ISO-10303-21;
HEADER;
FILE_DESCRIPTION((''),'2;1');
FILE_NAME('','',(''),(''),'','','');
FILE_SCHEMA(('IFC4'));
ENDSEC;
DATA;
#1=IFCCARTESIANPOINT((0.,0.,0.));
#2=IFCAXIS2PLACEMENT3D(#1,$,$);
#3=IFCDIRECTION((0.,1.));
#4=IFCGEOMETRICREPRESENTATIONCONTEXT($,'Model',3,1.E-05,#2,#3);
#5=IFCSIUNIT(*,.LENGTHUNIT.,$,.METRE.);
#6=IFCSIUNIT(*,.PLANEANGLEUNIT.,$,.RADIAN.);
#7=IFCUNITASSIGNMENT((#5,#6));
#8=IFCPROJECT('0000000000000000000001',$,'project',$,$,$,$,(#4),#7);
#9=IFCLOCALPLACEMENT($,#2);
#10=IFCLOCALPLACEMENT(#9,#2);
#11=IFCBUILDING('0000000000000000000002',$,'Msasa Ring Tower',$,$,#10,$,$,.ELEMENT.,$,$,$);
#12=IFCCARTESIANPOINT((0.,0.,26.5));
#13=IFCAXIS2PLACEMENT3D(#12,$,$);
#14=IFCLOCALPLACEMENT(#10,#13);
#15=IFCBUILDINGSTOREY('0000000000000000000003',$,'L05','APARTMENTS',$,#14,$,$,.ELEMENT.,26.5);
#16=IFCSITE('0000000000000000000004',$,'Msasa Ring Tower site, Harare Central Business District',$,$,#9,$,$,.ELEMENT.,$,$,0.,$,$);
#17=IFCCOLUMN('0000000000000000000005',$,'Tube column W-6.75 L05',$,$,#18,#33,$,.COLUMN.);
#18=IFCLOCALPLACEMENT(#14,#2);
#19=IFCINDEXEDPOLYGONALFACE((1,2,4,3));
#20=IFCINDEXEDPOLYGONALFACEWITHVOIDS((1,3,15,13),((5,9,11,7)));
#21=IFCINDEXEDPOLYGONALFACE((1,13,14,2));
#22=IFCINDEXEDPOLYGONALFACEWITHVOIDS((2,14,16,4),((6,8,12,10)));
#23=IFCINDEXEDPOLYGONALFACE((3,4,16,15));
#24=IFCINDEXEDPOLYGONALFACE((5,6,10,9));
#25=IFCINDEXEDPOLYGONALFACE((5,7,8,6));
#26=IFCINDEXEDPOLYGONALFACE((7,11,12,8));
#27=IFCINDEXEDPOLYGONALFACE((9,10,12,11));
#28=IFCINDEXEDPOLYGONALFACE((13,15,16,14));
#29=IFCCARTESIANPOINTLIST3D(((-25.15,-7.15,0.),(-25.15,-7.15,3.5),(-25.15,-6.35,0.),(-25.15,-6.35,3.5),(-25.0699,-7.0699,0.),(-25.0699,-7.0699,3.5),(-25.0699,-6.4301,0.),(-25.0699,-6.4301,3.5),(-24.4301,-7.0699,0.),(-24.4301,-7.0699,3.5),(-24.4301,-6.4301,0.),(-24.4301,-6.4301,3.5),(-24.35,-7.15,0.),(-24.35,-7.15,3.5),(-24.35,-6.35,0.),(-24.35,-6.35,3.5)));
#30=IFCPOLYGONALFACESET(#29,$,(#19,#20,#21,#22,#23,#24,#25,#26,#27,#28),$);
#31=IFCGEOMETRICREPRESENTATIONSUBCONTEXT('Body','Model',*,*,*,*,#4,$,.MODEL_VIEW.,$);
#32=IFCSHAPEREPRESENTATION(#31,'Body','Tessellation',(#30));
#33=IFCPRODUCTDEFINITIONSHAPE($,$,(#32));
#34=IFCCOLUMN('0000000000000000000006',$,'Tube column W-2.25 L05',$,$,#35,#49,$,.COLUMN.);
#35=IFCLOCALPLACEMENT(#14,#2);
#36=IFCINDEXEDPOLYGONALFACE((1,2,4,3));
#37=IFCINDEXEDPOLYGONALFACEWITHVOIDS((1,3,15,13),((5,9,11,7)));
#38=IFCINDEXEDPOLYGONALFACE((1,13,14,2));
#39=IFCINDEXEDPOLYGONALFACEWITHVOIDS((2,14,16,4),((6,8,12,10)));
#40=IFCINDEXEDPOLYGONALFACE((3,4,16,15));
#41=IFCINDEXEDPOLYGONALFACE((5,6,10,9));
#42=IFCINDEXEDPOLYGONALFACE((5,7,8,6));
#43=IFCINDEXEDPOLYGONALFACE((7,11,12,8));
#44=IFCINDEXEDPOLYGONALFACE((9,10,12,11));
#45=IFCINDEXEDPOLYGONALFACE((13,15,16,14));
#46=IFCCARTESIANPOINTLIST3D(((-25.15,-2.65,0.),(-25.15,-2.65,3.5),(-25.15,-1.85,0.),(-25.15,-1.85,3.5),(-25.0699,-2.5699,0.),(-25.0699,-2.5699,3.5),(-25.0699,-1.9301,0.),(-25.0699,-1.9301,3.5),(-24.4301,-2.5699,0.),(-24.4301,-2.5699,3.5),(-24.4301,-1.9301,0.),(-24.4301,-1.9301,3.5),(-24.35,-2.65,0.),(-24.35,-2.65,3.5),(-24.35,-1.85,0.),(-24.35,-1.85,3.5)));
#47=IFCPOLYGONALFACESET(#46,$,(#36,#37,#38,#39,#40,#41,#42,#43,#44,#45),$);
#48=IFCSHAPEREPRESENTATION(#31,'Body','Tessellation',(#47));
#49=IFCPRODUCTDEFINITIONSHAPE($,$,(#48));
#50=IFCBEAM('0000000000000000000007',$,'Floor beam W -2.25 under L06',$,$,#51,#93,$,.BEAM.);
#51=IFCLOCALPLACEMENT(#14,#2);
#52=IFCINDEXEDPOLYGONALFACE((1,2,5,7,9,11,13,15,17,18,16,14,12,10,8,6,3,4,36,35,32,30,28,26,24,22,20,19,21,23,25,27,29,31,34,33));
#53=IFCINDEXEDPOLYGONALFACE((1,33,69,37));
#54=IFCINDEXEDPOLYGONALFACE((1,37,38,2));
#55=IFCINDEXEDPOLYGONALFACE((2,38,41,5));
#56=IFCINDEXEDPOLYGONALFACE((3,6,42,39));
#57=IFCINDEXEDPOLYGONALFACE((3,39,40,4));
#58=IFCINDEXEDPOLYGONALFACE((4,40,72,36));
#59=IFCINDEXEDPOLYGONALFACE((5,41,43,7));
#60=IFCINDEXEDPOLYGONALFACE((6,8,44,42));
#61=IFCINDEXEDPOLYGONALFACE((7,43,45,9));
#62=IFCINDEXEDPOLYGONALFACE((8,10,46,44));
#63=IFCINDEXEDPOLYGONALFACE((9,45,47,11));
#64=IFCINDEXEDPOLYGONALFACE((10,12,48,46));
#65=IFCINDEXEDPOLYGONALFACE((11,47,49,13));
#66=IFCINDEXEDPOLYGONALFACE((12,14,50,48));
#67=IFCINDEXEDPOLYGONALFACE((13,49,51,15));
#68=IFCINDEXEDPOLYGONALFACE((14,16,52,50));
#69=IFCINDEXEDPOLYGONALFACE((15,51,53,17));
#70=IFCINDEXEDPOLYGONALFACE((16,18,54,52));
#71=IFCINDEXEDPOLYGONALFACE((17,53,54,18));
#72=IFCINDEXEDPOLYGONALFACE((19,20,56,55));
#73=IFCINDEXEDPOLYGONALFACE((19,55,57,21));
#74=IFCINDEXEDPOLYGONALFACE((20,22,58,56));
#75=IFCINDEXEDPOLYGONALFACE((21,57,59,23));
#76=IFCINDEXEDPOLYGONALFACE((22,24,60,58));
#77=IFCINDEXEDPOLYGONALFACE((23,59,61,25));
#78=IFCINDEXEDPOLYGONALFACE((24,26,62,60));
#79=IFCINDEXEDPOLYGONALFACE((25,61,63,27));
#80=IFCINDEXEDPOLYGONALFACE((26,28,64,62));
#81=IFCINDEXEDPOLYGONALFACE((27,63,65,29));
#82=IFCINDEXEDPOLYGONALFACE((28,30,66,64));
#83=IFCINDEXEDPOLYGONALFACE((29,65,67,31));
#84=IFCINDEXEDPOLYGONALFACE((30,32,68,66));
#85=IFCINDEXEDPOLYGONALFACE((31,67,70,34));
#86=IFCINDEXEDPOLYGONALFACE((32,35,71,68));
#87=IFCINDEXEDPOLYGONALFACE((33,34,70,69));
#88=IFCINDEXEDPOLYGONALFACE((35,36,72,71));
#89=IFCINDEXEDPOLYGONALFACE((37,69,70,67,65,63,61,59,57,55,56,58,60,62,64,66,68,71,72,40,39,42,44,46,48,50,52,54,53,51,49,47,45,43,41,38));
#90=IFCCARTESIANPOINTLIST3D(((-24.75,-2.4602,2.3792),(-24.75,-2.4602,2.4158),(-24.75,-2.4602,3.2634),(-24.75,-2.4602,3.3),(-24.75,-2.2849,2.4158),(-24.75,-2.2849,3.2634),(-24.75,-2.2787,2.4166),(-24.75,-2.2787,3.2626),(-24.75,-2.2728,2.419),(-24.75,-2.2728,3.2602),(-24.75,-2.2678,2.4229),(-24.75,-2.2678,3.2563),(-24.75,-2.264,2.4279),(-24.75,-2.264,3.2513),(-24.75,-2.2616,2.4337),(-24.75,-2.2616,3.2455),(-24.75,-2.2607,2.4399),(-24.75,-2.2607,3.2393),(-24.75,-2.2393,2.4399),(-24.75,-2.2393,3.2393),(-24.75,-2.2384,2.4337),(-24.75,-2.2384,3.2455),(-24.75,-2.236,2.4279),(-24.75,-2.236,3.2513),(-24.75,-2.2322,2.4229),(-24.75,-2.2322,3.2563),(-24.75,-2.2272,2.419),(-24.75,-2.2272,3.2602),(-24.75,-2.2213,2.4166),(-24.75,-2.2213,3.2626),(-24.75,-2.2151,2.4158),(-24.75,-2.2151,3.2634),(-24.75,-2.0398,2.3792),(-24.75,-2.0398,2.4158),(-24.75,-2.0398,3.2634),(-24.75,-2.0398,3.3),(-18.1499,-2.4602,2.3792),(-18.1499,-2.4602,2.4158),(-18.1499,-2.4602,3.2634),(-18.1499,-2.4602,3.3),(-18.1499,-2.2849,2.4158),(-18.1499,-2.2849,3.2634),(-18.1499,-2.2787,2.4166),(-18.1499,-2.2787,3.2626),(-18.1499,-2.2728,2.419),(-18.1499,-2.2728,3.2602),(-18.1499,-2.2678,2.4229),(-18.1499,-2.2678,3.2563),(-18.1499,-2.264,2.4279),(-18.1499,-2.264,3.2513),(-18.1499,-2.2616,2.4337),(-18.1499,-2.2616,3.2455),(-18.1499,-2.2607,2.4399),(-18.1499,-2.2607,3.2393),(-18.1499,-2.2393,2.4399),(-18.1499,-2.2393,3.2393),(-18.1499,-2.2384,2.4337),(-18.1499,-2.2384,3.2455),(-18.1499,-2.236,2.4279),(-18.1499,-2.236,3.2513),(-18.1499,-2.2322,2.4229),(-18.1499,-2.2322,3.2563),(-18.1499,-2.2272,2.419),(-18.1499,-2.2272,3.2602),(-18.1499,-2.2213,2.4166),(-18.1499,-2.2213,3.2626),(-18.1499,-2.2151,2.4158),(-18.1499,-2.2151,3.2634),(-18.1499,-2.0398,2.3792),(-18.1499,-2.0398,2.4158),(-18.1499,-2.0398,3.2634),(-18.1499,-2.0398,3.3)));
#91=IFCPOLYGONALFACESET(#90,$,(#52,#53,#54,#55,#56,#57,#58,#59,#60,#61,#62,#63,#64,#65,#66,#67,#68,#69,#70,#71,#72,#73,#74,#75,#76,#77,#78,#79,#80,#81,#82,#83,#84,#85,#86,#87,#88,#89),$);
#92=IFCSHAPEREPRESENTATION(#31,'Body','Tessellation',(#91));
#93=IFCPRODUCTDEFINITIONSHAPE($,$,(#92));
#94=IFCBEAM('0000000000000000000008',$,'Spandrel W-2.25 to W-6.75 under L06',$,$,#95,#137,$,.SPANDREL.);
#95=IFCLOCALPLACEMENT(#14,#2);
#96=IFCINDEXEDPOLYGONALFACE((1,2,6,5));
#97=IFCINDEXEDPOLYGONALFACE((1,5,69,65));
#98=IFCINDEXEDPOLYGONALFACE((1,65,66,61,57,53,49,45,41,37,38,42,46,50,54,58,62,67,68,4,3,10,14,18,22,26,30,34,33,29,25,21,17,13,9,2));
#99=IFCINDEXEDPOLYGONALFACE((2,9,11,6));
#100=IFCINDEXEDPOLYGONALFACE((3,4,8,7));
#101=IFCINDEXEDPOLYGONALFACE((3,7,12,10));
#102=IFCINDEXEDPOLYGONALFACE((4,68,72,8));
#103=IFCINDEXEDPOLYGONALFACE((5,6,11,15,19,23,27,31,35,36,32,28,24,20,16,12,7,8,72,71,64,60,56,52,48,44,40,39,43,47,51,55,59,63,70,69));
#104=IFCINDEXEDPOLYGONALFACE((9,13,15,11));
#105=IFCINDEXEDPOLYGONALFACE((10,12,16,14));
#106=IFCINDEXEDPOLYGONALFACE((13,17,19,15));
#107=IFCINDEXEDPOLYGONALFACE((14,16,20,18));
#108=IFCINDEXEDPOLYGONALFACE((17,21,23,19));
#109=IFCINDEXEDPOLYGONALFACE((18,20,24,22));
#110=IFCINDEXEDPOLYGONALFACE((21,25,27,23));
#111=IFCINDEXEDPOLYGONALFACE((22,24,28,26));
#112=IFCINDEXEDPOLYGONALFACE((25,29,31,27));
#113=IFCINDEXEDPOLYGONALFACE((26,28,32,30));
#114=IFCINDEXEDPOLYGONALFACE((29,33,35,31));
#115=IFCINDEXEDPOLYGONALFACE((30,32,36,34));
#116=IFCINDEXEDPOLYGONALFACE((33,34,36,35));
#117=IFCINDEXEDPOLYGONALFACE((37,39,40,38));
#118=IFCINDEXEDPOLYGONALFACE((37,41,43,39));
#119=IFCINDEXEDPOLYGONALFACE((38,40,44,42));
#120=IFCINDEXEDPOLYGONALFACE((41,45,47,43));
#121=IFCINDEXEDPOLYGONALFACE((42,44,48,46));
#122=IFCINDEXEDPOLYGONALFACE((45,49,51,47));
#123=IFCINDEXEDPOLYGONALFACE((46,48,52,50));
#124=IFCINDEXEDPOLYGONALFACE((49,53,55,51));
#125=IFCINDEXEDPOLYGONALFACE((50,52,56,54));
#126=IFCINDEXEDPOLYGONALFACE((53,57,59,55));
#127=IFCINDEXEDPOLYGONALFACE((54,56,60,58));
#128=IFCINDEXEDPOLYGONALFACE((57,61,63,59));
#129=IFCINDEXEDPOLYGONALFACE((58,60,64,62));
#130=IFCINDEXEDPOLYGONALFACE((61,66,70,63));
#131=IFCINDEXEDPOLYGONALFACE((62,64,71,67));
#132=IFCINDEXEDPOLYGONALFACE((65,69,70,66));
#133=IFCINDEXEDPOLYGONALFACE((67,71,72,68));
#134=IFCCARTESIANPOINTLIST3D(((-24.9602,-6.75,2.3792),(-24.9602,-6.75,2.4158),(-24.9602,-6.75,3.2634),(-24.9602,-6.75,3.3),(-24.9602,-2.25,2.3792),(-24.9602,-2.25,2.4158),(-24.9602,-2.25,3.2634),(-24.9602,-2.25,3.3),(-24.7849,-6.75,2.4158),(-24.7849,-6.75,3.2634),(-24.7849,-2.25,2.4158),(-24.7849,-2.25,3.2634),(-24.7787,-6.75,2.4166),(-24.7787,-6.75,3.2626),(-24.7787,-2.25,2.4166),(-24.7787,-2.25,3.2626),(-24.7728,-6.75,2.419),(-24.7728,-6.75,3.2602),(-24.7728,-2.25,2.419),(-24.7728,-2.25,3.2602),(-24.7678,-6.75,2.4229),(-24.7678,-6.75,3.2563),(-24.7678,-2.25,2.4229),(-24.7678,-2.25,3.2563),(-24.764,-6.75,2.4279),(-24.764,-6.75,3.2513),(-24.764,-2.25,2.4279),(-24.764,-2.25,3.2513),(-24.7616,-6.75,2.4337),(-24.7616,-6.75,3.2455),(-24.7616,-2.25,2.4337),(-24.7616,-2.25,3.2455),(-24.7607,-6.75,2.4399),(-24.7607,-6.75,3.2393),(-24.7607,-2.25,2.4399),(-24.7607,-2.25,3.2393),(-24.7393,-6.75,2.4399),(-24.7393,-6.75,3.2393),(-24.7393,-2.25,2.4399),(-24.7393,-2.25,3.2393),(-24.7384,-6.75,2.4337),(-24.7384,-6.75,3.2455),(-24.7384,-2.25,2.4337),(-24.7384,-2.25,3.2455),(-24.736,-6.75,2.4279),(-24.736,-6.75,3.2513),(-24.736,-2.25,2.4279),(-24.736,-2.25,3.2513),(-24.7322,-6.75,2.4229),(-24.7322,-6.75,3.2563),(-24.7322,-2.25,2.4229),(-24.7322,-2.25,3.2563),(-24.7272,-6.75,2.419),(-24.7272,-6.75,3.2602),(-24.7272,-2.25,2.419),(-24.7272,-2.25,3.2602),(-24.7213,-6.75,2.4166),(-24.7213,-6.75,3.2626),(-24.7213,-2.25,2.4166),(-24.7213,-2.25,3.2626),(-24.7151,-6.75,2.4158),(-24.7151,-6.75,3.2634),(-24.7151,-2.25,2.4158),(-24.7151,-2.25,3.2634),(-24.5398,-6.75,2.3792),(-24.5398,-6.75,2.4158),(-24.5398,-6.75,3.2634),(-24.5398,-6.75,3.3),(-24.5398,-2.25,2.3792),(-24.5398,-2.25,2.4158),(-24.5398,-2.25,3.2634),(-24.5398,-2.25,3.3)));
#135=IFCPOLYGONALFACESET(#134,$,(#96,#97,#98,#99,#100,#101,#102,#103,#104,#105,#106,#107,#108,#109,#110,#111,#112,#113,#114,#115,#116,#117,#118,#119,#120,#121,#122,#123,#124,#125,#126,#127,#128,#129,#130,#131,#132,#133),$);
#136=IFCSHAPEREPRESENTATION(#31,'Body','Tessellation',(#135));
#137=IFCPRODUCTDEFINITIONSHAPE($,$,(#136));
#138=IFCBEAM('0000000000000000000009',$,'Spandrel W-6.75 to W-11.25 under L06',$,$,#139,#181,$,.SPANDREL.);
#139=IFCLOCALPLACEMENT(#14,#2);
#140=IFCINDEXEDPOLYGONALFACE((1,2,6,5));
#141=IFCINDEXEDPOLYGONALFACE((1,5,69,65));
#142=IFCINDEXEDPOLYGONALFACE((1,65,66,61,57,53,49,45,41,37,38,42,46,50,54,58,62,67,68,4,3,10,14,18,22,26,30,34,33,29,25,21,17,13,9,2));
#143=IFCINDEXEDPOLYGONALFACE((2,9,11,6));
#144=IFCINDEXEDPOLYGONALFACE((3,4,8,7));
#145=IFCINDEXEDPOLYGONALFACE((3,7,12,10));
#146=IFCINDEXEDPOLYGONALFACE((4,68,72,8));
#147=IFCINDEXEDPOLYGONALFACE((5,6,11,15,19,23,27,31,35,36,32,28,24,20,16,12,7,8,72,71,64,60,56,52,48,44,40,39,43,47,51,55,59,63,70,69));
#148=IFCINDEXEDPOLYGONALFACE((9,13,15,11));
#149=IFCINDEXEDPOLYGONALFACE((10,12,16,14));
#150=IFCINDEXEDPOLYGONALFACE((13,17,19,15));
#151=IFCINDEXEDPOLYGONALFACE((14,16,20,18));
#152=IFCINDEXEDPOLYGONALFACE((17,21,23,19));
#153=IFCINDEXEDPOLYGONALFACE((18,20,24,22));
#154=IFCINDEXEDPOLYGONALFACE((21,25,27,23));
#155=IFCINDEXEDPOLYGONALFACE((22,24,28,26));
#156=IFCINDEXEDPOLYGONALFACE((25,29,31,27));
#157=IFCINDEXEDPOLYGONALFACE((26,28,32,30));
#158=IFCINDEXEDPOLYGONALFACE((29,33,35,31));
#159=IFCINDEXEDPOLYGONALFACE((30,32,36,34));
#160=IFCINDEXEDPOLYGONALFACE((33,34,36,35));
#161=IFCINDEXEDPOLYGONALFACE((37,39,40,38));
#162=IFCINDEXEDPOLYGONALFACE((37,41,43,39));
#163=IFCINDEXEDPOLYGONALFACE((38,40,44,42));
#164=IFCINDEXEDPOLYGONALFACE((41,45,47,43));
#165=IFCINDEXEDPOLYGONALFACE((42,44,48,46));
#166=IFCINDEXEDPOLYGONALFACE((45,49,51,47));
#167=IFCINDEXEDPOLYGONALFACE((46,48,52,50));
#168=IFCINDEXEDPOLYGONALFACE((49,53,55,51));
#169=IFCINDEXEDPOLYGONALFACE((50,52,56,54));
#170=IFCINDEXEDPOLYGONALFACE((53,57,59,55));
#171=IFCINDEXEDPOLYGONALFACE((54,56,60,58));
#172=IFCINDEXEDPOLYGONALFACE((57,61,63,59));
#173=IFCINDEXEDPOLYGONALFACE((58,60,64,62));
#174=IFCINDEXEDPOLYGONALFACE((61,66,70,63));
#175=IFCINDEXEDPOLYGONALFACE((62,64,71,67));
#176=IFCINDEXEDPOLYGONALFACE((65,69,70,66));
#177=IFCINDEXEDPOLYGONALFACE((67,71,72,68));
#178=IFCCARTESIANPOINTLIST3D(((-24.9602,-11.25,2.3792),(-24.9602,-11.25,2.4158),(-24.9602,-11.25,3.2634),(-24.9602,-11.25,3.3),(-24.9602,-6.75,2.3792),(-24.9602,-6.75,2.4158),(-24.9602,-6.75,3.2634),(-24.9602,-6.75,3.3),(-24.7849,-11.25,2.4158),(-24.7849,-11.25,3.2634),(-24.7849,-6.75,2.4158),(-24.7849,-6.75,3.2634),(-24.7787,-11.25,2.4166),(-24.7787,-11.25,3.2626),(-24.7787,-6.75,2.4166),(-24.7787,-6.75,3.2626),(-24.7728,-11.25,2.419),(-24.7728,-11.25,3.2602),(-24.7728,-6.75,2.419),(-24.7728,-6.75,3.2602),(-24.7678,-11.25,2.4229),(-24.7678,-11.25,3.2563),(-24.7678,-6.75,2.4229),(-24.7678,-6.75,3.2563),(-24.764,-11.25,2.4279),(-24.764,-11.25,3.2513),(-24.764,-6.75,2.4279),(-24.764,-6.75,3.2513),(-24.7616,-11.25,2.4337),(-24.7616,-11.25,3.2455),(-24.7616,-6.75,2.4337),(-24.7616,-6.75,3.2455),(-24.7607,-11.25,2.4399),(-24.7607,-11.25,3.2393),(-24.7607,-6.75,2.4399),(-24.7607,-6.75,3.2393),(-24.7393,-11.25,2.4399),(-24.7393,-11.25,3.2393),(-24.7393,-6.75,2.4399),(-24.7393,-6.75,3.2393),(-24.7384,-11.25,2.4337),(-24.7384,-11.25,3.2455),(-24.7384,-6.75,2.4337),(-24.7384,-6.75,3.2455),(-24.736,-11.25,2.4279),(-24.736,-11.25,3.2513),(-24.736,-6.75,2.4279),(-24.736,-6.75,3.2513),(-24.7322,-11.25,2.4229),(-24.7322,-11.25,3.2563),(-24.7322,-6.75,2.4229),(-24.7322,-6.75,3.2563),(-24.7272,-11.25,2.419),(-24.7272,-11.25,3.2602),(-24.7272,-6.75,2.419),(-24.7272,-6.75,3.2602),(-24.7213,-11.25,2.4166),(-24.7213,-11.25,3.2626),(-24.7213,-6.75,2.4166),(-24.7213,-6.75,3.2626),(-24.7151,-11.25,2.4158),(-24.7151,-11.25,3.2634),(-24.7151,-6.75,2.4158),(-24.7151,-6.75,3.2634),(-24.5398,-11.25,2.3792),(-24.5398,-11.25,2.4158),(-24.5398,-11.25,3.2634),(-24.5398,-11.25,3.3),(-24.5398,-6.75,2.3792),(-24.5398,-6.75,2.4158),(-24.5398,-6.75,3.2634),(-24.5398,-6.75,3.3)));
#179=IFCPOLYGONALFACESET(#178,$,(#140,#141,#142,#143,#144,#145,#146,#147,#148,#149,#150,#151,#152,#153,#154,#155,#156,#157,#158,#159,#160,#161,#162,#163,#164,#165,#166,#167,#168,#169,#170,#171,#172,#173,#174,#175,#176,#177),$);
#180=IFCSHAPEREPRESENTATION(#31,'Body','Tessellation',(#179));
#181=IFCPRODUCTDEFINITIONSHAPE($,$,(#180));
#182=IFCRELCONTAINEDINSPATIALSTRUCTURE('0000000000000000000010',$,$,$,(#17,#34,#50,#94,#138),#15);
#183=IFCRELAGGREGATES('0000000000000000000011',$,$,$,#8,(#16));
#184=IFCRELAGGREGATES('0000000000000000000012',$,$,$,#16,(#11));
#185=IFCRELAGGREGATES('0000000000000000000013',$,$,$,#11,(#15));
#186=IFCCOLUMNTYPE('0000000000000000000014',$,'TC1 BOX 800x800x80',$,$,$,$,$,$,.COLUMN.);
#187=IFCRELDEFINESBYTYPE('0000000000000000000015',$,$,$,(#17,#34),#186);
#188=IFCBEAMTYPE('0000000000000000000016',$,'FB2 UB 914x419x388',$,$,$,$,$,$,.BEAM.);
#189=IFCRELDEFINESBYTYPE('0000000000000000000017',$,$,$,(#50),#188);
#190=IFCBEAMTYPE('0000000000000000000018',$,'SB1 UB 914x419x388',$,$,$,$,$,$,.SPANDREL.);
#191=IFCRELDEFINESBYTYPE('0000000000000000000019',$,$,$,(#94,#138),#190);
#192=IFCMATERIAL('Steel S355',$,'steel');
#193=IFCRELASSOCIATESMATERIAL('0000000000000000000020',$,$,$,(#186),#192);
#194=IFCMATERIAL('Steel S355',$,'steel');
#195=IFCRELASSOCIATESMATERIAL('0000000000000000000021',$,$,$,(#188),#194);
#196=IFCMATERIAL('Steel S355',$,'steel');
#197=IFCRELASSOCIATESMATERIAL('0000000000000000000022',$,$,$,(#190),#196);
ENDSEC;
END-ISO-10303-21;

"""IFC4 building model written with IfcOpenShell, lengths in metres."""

from ifc_helpers import new_model, si_unit, direction, frame, origin, origin_2d, place, context, subcontext, project, spatial, hollow_rectangle, i_section, extrude, material, material_profile, profile_set, type_object, element, save


model = new_model("IFC4")

# Units and contexts
model_context = context("Model", 3, precision=1e-05, world=origin(), true_north=direction((0.0, 1.0)))
body_context = subcontext(model_context, "Body", "Model", "MODEL_VIEW")
ifc_project = project(units=[si_unit("LENGTHUNIT", "METRE"), si_unit("PLANEANGLEUNIT", "RADIAN")], contexts=[model_context])

# Site, building, storey
site_placement = place(None, origin())
site = spatial("IfcSite", under=ifc_project, at=site_placement, Name="Msasa Ring Tower site, Harare Central Business District", CompositionType="ELEMENT", RefElevation=0.0)
building_placement = place(site_placement, origin())
building = spatial("IfcBuilding", under=site, at=building_placement, Name="Msasa Ring Tower", CompositionType="ELEMENT")
storey_placement = place(building_placement, frame((0.0, 0.0, 26.5)))
storey = spatial("IfcBuildingStorey", under=building, at=storey_placement, Name="L05", Description="APARTMENTS", CompositionType="ELEMENT", Elevation=26.5)

# Columns
ifc_material_1 = material(Name="Steel S355", Category="steel")
ifc_material_profile_1 = material_profile(ifc_material_1, hollow_rectangle(XDim=0.8, YDim=0.8, WallThickness=0.0801, at=origin_2d()), Name="BOX 800x800x80")
ifc_profile_set_1 = profile_set([ifc_material_profile_1], Name="Steel S355")
column_type = type_object("IfcColumnType", Name="TC1 BOX 800x800x80", PredefinedType="COLUMN", material=ifc_profile_set_1)
for number, where, z_axis, x_axis, name in (
    (1, (-24.75, -6.75, 0.0), (0.0, 0.0, 1.0), (1.0, 0.0, 0.0), "Tube column W-6.75 L05"),
    (2, (-24.75, -2.25, 0.0), (0.0, 0.0, 1.0), (1.0, 0.0, 0.0), "Tube column W-2.25 L05"),
):
    element("IfcColumn", number, at=place(storey_placement, frame(where, z_axis=z_axis, x_axis=x_axis)), inside=storey, type_object=column_type, Name=name, PredefinedType="COLUMN", context=body_context, shape_type="SweptSolid", body=[
        extrude(hollow_rectangle(XDim=0.8, YDim=0.8, WallThickness=0.0801, at=origin_2d()), origin(), (0.0, 0.0, 1.0), 3.5),
    ])

# Beams
ifc_material_2 = material(Name="Steel S355", Category="steel")
ifc_material_profile_2 = material_profile(ifc_material_2, i_section(OverallWidth=0.4204, OverallDepth=0.9209, WebThickness=0.0215, FlangeThickness=0.0366, FilletRadius=0.0242, at=origin_2d()), Name="UB 914x419x388")
ifc_profile_set_2 = profile_set([ifc_material_profile_2], Name="Steel S355")
beam_type_1 = type_object("IfcBeamType", Name="FB2 UB 914x419x388", PredefinedType="BEAM", material=ifc_profile_set_2)
beam_placement = place(storey_placement, frame((-24.75, -2.25, 2.8396), z_axis=(1.0, 0.0, 0.0), x_axis=(0.0, 1.0, 0.0)))
element("IfcBeam", 3, at=beam_placement, inside=storey, type_object=beam_type_1, Name="Floor beam W -2.25 under L06", PredefinedType="BEAM", context=body_context, shape_type="SweptSolid", body=[
    extrude(i_section(OverallWidth=0.4204, OverallDepth=0.9209, WebThickness=0.0215, FlangeThickness=0.0366, FilletRadius=0.0242, at=origin_2d()), origin(), (0.0, 0.0, 1.0), 6.6001),
])
ifc_material_3 = material(Name="Steel S355", Category="steel")
ifc_material_profile_3 = material_profile(ifc_material_3, i_section(OverallWidth=0.4204, OverallDepth=0.9209, WebThickness=0.0215, FlangeThickness=0.0366, FilletRadius=0.0242, at=origin_2d()), Name="UB 914x419x388")
ifc_profile_set_3 = profile_set([ifc_material_profile_3], Name="Steel S355")
beam_type_2 = type_object("IfcBeamType", Name="SB1 UB 914x419x388", PredefinedType="SPANDREL", material=ifc_profile_set_3)
for number, where, z_axis, x_axis, name in (
    (4, (-24.75, -2.25, 2.8396), (0.0, -1.0, 0.0), (1.0, 0.0, 0.0), "Spandrel W-2.25 to W-6.75 under L06"),
    (5, (-24.75, -6.75, 2.8396), (0.0, -1.0, 0.0), (1.0, 0.0, 0.0), "Spandrel W-6.75 to W-11.25 under L06"),
):
    element("IfcBeam", number, at=place(storey_placement, frame(where, z_axis=z_axis, x_axis=x_axis)), inside=storey, type_object=beam_type_2, Name=name, PredefinedType="SPANDREL", context=body_context, shape_type="SweptSolid", body=[
        extrude(i_section(OverallWidth=0.4204, OverallDepth=0.9209, WebThickness=0.0215, FlangeThickness=0.0366, FilletRadius=0.0242, at=origin_2d()), origin(), (0.0, 0.0, 1.0), 4.5),
    ])

save(model, "model.ifc")
